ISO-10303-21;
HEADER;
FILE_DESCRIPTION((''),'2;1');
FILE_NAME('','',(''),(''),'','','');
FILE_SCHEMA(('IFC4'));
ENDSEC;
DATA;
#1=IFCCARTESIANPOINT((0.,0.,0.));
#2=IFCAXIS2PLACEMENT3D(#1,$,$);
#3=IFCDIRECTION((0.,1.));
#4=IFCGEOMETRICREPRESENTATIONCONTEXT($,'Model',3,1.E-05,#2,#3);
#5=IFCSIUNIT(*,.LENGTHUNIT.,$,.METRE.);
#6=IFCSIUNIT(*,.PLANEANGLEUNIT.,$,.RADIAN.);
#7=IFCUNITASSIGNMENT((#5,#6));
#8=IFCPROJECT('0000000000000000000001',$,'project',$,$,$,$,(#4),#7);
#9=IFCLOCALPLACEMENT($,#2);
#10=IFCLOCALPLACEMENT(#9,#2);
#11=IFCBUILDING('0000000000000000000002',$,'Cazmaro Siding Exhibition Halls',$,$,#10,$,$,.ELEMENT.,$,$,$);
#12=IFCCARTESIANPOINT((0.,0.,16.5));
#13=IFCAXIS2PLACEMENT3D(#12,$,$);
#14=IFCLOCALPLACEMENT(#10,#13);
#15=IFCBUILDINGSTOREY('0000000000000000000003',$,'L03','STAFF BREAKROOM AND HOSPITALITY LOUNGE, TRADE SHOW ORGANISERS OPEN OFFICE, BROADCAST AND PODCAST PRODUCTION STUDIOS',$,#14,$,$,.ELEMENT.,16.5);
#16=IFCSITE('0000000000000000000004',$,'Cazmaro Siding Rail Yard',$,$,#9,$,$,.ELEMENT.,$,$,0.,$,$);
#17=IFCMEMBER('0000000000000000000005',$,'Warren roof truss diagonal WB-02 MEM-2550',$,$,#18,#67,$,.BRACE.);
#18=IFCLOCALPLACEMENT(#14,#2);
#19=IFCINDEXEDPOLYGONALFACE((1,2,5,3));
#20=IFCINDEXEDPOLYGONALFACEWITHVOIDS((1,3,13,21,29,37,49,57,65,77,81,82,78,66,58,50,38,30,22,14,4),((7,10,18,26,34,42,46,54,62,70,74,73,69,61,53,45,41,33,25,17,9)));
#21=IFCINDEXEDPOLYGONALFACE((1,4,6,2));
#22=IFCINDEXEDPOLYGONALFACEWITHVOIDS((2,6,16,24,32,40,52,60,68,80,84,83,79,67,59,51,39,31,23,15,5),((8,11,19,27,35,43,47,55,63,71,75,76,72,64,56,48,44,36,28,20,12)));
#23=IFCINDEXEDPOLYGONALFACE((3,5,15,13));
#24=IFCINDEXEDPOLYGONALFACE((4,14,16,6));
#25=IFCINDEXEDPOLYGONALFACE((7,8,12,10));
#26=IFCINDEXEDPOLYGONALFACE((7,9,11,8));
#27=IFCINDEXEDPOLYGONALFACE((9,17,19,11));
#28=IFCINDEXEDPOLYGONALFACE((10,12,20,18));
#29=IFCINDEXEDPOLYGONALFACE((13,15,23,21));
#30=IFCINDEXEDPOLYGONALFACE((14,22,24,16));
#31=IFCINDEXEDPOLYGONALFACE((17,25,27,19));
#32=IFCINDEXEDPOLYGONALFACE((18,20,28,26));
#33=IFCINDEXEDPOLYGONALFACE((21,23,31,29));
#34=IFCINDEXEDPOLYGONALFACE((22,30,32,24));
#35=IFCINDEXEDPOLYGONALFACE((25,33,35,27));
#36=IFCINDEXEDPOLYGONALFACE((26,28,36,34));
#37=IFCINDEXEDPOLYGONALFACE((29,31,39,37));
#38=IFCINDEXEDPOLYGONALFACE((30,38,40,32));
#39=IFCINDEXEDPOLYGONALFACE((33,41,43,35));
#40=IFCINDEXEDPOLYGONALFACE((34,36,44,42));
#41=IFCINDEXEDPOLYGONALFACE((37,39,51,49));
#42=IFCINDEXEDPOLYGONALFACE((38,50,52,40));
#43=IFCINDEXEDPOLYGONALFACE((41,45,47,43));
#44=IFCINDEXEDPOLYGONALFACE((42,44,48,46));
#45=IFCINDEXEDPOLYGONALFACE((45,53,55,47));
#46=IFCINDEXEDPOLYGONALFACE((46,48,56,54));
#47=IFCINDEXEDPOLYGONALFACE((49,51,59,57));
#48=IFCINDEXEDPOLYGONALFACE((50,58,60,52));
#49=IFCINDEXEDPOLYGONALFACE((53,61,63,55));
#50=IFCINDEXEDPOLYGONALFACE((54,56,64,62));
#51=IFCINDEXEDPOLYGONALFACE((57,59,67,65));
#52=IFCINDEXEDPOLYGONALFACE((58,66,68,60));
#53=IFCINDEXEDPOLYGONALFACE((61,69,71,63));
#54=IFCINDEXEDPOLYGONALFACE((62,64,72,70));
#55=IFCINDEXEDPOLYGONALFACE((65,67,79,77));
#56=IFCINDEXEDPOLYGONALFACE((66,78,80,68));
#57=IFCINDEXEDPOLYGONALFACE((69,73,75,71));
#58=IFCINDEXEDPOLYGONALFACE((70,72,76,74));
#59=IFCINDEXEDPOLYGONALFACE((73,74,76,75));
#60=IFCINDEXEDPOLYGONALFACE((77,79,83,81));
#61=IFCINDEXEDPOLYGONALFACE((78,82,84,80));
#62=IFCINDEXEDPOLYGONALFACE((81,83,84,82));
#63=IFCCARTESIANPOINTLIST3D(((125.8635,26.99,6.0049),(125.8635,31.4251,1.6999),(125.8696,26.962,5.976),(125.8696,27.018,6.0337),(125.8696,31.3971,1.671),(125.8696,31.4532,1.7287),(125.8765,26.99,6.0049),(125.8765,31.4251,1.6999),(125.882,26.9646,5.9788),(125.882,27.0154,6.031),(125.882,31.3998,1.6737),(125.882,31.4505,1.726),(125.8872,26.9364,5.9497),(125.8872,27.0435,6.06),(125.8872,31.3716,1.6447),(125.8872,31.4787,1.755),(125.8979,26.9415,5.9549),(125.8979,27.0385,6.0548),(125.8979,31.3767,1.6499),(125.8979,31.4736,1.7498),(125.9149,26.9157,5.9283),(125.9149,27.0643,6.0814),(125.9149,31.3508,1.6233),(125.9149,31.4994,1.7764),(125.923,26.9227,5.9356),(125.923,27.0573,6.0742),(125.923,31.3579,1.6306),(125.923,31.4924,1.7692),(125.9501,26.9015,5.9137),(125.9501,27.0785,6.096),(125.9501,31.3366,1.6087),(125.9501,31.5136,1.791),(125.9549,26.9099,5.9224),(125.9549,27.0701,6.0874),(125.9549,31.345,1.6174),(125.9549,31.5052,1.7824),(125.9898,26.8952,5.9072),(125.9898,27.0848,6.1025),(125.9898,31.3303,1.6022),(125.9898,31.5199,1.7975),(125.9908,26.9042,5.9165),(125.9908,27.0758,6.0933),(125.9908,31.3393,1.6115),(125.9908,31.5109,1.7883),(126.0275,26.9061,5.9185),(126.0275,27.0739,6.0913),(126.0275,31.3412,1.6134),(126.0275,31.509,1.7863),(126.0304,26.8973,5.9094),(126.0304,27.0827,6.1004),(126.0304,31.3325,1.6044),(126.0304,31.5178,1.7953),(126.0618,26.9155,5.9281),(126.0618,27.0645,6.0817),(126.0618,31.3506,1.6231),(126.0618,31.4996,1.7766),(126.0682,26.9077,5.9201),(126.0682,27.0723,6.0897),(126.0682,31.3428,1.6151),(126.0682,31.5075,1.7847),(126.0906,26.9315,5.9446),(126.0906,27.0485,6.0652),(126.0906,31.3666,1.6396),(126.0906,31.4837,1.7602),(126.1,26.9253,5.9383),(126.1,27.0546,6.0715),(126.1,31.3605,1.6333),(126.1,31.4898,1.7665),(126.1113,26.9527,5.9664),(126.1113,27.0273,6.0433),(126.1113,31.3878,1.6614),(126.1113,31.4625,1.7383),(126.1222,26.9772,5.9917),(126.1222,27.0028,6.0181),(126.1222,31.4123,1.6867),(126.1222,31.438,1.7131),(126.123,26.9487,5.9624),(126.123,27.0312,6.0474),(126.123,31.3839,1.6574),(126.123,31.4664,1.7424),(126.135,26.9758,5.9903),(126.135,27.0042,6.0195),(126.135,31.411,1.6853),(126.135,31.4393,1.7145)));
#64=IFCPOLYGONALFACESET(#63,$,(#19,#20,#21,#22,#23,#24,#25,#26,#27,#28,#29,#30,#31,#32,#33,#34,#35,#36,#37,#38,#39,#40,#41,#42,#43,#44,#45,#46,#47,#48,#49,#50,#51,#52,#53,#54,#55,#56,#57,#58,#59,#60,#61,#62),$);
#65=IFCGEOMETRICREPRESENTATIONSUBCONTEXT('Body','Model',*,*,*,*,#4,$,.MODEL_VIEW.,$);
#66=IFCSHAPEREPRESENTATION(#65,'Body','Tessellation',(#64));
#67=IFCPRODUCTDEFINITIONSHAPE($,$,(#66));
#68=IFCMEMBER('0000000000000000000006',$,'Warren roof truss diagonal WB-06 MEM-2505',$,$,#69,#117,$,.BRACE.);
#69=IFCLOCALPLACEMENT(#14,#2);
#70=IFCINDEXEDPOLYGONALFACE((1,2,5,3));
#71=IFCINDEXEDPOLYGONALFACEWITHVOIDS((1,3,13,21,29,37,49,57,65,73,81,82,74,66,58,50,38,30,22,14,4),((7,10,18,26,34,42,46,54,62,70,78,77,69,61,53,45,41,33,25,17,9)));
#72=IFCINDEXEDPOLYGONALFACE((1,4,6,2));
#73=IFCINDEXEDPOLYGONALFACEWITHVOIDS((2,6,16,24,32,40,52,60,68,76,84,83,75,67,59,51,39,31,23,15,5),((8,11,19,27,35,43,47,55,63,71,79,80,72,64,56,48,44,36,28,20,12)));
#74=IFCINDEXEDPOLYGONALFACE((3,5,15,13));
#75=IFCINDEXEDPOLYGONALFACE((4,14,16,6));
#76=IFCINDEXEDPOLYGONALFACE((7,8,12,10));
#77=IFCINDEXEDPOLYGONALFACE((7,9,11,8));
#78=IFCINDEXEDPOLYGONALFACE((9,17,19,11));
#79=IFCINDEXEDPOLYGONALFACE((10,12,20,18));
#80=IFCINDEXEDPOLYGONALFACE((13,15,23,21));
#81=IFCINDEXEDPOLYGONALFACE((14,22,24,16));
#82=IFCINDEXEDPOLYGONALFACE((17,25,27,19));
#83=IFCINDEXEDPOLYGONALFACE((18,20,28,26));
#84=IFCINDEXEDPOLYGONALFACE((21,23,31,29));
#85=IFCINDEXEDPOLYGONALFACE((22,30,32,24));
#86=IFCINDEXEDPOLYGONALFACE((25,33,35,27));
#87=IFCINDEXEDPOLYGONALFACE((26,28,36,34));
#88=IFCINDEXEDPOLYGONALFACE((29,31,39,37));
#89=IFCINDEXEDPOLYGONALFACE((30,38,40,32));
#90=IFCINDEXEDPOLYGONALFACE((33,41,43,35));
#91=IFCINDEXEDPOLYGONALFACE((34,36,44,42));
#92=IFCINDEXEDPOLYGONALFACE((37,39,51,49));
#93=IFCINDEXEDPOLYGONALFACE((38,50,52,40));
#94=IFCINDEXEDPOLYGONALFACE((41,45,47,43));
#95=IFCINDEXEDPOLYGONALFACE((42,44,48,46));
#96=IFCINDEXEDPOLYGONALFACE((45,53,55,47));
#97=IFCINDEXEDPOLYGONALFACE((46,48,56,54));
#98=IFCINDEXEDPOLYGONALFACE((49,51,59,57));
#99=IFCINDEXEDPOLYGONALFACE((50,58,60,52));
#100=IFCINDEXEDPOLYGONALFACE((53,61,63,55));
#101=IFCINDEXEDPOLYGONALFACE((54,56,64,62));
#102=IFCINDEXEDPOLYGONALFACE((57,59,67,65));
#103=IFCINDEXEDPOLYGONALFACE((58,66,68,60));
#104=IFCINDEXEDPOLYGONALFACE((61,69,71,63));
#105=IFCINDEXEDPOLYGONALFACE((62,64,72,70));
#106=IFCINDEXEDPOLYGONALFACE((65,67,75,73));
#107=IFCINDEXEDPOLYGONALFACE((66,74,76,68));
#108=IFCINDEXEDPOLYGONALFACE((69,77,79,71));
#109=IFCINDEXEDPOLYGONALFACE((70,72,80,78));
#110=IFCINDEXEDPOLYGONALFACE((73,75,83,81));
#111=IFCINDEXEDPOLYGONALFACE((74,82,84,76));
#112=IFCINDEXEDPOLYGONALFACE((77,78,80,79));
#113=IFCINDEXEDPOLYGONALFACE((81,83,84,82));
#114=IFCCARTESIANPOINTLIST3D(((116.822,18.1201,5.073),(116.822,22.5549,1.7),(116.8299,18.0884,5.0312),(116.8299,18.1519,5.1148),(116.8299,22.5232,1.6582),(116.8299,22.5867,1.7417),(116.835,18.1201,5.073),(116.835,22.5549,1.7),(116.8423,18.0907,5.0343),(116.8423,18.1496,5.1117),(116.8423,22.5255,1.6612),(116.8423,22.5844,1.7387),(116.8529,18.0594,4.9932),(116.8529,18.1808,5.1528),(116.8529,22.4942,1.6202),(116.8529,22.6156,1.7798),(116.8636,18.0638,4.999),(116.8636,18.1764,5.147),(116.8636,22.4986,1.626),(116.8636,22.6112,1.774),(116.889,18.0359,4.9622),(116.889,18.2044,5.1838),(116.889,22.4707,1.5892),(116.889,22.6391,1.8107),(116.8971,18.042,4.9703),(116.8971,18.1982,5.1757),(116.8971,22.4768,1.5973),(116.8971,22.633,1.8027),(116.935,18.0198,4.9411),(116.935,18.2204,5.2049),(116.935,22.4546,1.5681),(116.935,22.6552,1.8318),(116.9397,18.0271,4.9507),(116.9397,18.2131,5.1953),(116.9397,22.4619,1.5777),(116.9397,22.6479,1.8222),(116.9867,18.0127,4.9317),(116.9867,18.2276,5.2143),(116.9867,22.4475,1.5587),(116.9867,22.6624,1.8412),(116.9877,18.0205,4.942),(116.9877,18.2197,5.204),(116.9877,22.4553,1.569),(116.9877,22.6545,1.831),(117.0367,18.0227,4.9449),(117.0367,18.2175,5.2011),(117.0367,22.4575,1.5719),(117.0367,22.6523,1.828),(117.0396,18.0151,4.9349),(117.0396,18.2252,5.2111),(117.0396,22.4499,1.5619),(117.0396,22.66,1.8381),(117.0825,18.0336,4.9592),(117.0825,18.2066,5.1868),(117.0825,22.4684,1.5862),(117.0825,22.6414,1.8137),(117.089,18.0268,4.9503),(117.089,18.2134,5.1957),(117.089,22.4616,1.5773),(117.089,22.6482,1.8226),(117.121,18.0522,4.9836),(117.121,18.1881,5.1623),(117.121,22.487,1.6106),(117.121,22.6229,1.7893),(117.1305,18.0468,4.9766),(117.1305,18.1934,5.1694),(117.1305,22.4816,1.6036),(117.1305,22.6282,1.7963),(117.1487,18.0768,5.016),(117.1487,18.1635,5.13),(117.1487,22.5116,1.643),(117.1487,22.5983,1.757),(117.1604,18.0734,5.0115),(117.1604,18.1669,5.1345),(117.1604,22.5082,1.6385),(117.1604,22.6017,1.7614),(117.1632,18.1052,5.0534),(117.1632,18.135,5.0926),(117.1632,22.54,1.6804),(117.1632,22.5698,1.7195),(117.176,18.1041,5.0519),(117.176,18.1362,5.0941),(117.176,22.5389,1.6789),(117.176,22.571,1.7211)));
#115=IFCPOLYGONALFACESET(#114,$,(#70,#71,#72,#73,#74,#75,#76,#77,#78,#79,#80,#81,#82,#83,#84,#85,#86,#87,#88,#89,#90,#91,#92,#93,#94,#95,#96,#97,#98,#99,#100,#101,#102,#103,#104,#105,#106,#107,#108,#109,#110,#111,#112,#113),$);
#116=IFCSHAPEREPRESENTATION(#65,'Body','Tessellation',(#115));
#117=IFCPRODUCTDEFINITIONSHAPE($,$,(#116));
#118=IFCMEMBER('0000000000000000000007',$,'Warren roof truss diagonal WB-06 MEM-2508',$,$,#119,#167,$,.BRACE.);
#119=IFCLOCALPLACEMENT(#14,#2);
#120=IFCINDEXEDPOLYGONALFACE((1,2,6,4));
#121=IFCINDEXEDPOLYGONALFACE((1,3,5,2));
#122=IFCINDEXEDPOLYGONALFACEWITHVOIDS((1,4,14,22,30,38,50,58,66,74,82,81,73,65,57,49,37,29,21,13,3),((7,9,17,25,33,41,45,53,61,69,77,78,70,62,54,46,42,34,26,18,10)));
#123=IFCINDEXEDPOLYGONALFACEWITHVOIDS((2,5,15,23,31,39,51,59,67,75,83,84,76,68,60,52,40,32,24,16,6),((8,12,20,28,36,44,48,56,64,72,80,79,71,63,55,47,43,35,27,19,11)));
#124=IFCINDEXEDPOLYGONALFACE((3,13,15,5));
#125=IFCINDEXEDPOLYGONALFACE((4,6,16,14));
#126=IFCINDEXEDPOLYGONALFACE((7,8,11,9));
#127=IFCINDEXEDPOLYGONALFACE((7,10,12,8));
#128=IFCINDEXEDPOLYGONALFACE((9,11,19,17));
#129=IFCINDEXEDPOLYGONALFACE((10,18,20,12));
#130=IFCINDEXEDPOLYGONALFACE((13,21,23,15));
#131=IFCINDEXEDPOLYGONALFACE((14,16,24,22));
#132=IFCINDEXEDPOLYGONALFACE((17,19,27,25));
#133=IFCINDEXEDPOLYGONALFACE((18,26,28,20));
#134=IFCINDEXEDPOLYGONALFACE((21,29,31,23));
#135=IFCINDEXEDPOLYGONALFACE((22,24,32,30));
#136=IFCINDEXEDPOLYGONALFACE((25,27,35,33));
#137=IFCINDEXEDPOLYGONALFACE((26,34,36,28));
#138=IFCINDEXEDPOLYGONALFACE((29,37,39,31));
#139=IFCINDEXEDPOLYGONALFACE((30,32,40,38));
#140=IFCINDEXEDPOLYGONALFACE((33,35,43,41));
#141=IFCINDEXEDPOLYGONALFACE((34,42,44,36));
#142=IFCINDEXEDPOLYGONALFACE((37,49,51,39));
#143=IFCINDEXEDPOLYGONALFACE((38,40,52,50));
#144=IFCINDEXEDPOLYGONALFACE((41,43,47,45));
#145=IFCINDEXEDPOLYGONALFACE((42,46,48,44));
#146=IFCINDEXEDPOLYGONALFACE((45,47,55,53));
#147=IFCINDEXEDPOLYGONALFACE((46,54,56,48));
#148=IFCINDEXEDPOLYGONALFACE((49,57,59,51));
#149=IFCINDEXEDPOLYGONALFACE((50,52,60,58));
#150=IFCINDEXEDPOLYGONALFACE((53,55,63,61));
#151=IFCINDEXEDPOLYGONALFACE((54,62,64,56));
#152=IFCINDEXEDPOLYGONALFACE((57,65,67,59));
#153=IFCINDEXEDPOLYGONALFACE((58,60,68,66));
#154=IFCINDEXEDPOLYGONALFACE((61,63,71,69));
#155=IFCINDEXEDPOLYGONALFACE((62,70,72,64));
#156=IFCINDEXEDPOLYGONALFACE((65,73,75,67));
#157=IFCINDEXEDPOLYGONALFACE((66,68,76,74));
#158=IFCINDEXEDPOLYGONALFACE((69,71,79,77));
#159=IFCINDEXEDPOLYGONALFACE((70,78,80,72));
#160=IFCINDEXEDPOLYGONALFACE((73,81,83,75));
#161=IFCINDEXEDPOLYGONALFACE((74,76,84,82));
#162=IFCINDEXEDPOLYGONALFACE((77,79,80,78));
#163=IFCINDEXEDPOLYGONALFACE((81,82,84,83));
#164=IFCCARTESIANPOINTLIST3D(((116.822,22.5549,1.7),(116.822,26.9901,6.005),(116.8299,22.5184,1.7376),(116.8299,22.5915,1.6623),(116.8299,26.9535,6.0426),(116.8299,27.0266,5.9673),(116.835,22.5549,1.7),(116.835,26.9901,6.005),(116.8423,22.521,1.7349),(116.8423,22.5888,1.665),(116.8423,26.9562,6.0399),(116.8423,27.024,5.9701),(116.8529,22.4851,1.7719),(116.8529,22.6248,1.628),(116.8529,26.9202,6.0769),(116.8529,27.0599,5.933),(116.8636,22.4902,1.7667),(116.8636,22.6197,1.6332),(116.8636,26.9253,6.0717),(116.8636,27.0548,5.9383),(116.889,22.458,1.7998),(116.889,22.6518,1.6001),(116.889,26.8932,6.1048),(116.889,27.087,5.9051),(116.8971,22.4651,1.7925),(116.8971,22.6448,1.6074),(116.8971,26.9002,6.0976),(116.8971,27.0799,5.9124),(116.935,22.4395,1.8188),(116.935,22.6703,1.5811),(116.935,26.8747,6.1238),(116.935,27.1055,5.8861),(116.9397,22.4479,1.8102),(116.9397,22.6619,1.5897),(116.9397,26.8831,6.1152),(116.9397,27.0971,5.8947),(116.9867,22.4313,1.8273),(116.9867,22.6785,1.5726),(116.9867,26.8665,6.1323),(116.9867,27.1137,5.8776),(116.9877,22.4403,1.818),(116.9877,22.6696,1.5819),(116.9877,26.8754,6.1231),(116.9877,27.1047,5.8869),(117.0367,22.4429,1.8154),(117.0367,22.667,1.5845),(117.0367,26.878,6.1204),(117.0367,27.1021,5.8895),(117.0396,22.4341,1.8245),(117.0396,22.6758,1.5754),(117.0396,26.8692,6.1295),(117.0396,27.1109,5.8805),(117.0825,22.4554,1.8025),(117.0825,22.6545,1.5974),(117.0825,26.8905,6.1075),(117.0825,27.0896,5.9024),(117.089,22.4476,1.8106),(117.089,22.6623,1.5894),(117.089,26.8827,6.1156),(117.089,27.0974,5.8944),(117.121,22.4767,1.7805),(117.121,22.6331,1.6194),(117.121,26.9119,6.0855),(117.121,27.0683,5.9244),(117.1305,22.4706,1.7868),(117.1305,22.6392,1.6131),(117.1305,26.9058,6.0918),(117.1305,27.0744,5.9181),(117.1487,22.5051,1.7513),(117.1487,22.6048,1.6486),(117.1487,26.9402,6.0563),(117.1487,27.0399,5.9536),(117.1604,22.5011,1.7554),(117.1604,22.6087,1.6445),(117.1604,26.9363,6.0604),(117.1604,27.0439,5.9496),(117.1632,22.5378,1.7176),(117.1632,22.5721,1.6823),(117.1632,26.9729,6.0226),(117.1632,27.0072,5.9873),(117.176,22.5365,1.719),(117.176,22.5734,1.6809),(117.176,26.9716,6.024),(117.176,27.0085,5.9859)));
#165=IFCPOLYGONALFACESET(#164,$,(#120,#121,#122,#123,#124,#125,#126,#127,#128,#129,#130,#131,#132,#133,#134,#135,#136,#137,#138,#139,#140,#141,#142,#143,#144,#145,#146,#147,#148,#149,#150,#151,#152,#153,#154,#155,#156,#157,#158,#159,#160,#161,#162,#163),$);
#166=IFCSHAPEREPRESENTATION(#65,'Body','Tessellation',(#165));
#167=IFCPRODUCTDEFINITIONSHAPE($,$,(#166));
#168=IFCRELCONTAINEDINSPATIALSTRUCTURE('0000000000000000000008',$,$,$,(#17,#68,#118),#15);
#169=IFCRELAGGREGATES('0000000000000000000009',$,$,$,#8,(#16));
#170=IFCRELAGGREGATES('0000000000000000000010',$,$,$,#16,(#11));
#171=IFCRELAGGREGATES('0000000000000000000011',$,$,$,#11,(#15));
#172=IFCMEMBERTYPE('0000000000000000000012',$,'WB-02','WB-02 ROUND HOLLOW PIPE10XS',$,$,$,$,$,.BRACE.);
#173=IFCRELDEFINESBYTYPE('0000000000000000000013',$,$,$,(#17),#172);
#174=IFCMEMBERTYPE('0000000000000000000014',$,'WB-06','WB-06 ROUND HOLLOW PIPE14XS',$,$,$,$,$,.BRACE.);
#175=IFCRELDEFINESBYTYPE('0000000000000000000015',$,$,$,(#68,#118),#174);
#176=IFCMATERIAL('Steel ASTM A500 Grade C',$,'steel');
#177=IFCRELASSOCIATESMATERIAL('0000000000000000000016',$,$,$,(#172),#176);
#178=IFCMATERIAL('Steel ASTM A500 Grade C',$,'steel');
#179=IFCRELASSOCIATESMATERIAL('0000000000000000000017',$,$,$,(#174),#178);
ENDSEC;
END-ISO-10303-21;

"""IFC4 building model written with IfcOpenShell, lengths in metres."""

from ifc_helpers import new_model, si_unit, direction, frame, origin, origin_2d, place, context, subcontext, project, spatial, hollow_circle, extrude, material, material_profile, profile_set, type_object, element, save


model = new_model("IFC4")

# Units and contexts
model_context = context("Model", 3, precision=1e-05, world=origin(), true_north=direction((0.0, 1.0)))
body_context = subcontext(model_context, "Body", "Model", "MODEL_VIEW")
ifc_project = project(units=[si_unit("LENGTHUNIT", "METRE"), si_unit("PLANEANGLEUNIT", "RADIAN")], contexts=[model_context])

# Site, building, storey
site_placement = place(None, origin())
site = spatial("IfcSite", under=ifc_project, at=site_placement, Name="Cazmaro Siding Rail Yard", CompositionType="ELEMENT", RefElevation=0.0)
building_placement = place(site_placement, origin())
building = spatial("IfcBuilding", under=site, at=building_placement, Name="Cazmaro Siding Exhibition Halls", CompositionType="ELEMENT")
storey_placement = place(building_placement, frame((0.0, 0.0, 16.5)))
storey = spatial("IfcBuildingStorey", under=building, at=storey_placement, Name="L03", Description="STAFF BREAKROOM AND HOSPITALITY LOUNGE, TRADE SHOW ORGANISERS OPEN OFFICE, BROADCAST AND PODCAST PRODUCTION STUDIOS", CompositionType="ELEMENT", Elevation=16.5)

# Members
ifc_material_1 = material(Name="Steel ASTM A500 Grade C", Category="steel")
ifc_material_profile_1 = material_profile(ifc_material_1, hollow_circle(Radius=0.1365, WallThickness=0.0129, at=origin_2d()), Name="PIPE10XS")
ifc_profile_set_1 = profile_set([ifc_material_profile_1], Name="Steel ASTM A500 Grade C")
member_type_1 = type_object("IfcMemberType", Name="WB-02", Description="WB-02 ROUND HOLLOW PIPE10XS", PredefinedType="BRACE", material=ifc_profile_set_1)
for number, where, z_axis, x_axis, name in (
    (1, (126.0, 26.99, 6.0049), (0.0, 0.717555, -0.696502), (-1.0, 0.0, 0.0), "Warren roof truss diagonal WB-02 MEM-2550"),
):
    element("IfcMember", number, at=place(storey_placement, frame(where, z_axis=z_axis, x_axis=x_axis)), inside=storey, type_object=member_type_1, Name=name, PredefinedType="BRACE", context=body_context, shape_type="SweptSolid", body=[
        extrude(hollow_circle(Radius=0.1365, WallThickness=0.0129, at=origin_2d()), origin(), (0.0, 0.0, 1.0), 6.1809),
    ])
ifc_material_2 = material(Name="Steel ASTM A500 Grade C", Category="steel")
ifc_material_profile_2 = material_profile(ifc_material_2, hollow_circle(Radius=0.178, WallThickness=0.0129, at=origin_2d()), Name="PIPE14XS")
ifc_profile_set_2 = profile_set([ifc_material_profile_2], Name="Steel ASTM A500 Grade C")
member_type_2 = type_object("IfcMemberType", Name="WB-06", Description="WB-06 ROUND HOLLOW PIPE14XS", PredefinedType="BRACE", material=ifc_profile_set_2)
member_1_placement = place(storey_placement, frame((117.0, 18.1201, 5.073), z_axis=(0.0, 0.795938, -0.605378), x_axis=(-1.0, 0.0, 0.0)))
element("IfcMember", 2, at=member_1_placement, inside=storey, type_object=member_type_2, Name="Warren roof truss diagonal WB-06 MEM-2505", PredefinedType="BRACE", context=body_context, shape_type="SweptSolid", body=[
    extrude(hollow_circle(Radius=0.178, WallThickness=0.0129, at=origin_2d()), origin(), (0.0, 0.0, 1.0), 5.5718),
])
for number, where, z_axis, x_axis, name in (
    (3, (117.0, 22.5549, 1.7), (0.0, 0.717555, 0.696502), (-1.0, 0.0, 0.0), "Warren roof truss diagonal WB-06 MEM-2508"),
):
    element("IfcMember", number, at=place(storey_placement, frame(where, z_axis=z_axis, x_axis=x_axis)), inside=storey, type_object=member_type_2, Name=name, PredefinedType="BRACE", context=body_context, shape_type="SweptSolid", body=[
        extrude(hollow_circle(Radius=0.178, WallThickness=0.0129, at=origin_2d()), origin(), (0.0, 0.0, 1.0), 6.1809),
    ])

save(model, "model.ifc")
